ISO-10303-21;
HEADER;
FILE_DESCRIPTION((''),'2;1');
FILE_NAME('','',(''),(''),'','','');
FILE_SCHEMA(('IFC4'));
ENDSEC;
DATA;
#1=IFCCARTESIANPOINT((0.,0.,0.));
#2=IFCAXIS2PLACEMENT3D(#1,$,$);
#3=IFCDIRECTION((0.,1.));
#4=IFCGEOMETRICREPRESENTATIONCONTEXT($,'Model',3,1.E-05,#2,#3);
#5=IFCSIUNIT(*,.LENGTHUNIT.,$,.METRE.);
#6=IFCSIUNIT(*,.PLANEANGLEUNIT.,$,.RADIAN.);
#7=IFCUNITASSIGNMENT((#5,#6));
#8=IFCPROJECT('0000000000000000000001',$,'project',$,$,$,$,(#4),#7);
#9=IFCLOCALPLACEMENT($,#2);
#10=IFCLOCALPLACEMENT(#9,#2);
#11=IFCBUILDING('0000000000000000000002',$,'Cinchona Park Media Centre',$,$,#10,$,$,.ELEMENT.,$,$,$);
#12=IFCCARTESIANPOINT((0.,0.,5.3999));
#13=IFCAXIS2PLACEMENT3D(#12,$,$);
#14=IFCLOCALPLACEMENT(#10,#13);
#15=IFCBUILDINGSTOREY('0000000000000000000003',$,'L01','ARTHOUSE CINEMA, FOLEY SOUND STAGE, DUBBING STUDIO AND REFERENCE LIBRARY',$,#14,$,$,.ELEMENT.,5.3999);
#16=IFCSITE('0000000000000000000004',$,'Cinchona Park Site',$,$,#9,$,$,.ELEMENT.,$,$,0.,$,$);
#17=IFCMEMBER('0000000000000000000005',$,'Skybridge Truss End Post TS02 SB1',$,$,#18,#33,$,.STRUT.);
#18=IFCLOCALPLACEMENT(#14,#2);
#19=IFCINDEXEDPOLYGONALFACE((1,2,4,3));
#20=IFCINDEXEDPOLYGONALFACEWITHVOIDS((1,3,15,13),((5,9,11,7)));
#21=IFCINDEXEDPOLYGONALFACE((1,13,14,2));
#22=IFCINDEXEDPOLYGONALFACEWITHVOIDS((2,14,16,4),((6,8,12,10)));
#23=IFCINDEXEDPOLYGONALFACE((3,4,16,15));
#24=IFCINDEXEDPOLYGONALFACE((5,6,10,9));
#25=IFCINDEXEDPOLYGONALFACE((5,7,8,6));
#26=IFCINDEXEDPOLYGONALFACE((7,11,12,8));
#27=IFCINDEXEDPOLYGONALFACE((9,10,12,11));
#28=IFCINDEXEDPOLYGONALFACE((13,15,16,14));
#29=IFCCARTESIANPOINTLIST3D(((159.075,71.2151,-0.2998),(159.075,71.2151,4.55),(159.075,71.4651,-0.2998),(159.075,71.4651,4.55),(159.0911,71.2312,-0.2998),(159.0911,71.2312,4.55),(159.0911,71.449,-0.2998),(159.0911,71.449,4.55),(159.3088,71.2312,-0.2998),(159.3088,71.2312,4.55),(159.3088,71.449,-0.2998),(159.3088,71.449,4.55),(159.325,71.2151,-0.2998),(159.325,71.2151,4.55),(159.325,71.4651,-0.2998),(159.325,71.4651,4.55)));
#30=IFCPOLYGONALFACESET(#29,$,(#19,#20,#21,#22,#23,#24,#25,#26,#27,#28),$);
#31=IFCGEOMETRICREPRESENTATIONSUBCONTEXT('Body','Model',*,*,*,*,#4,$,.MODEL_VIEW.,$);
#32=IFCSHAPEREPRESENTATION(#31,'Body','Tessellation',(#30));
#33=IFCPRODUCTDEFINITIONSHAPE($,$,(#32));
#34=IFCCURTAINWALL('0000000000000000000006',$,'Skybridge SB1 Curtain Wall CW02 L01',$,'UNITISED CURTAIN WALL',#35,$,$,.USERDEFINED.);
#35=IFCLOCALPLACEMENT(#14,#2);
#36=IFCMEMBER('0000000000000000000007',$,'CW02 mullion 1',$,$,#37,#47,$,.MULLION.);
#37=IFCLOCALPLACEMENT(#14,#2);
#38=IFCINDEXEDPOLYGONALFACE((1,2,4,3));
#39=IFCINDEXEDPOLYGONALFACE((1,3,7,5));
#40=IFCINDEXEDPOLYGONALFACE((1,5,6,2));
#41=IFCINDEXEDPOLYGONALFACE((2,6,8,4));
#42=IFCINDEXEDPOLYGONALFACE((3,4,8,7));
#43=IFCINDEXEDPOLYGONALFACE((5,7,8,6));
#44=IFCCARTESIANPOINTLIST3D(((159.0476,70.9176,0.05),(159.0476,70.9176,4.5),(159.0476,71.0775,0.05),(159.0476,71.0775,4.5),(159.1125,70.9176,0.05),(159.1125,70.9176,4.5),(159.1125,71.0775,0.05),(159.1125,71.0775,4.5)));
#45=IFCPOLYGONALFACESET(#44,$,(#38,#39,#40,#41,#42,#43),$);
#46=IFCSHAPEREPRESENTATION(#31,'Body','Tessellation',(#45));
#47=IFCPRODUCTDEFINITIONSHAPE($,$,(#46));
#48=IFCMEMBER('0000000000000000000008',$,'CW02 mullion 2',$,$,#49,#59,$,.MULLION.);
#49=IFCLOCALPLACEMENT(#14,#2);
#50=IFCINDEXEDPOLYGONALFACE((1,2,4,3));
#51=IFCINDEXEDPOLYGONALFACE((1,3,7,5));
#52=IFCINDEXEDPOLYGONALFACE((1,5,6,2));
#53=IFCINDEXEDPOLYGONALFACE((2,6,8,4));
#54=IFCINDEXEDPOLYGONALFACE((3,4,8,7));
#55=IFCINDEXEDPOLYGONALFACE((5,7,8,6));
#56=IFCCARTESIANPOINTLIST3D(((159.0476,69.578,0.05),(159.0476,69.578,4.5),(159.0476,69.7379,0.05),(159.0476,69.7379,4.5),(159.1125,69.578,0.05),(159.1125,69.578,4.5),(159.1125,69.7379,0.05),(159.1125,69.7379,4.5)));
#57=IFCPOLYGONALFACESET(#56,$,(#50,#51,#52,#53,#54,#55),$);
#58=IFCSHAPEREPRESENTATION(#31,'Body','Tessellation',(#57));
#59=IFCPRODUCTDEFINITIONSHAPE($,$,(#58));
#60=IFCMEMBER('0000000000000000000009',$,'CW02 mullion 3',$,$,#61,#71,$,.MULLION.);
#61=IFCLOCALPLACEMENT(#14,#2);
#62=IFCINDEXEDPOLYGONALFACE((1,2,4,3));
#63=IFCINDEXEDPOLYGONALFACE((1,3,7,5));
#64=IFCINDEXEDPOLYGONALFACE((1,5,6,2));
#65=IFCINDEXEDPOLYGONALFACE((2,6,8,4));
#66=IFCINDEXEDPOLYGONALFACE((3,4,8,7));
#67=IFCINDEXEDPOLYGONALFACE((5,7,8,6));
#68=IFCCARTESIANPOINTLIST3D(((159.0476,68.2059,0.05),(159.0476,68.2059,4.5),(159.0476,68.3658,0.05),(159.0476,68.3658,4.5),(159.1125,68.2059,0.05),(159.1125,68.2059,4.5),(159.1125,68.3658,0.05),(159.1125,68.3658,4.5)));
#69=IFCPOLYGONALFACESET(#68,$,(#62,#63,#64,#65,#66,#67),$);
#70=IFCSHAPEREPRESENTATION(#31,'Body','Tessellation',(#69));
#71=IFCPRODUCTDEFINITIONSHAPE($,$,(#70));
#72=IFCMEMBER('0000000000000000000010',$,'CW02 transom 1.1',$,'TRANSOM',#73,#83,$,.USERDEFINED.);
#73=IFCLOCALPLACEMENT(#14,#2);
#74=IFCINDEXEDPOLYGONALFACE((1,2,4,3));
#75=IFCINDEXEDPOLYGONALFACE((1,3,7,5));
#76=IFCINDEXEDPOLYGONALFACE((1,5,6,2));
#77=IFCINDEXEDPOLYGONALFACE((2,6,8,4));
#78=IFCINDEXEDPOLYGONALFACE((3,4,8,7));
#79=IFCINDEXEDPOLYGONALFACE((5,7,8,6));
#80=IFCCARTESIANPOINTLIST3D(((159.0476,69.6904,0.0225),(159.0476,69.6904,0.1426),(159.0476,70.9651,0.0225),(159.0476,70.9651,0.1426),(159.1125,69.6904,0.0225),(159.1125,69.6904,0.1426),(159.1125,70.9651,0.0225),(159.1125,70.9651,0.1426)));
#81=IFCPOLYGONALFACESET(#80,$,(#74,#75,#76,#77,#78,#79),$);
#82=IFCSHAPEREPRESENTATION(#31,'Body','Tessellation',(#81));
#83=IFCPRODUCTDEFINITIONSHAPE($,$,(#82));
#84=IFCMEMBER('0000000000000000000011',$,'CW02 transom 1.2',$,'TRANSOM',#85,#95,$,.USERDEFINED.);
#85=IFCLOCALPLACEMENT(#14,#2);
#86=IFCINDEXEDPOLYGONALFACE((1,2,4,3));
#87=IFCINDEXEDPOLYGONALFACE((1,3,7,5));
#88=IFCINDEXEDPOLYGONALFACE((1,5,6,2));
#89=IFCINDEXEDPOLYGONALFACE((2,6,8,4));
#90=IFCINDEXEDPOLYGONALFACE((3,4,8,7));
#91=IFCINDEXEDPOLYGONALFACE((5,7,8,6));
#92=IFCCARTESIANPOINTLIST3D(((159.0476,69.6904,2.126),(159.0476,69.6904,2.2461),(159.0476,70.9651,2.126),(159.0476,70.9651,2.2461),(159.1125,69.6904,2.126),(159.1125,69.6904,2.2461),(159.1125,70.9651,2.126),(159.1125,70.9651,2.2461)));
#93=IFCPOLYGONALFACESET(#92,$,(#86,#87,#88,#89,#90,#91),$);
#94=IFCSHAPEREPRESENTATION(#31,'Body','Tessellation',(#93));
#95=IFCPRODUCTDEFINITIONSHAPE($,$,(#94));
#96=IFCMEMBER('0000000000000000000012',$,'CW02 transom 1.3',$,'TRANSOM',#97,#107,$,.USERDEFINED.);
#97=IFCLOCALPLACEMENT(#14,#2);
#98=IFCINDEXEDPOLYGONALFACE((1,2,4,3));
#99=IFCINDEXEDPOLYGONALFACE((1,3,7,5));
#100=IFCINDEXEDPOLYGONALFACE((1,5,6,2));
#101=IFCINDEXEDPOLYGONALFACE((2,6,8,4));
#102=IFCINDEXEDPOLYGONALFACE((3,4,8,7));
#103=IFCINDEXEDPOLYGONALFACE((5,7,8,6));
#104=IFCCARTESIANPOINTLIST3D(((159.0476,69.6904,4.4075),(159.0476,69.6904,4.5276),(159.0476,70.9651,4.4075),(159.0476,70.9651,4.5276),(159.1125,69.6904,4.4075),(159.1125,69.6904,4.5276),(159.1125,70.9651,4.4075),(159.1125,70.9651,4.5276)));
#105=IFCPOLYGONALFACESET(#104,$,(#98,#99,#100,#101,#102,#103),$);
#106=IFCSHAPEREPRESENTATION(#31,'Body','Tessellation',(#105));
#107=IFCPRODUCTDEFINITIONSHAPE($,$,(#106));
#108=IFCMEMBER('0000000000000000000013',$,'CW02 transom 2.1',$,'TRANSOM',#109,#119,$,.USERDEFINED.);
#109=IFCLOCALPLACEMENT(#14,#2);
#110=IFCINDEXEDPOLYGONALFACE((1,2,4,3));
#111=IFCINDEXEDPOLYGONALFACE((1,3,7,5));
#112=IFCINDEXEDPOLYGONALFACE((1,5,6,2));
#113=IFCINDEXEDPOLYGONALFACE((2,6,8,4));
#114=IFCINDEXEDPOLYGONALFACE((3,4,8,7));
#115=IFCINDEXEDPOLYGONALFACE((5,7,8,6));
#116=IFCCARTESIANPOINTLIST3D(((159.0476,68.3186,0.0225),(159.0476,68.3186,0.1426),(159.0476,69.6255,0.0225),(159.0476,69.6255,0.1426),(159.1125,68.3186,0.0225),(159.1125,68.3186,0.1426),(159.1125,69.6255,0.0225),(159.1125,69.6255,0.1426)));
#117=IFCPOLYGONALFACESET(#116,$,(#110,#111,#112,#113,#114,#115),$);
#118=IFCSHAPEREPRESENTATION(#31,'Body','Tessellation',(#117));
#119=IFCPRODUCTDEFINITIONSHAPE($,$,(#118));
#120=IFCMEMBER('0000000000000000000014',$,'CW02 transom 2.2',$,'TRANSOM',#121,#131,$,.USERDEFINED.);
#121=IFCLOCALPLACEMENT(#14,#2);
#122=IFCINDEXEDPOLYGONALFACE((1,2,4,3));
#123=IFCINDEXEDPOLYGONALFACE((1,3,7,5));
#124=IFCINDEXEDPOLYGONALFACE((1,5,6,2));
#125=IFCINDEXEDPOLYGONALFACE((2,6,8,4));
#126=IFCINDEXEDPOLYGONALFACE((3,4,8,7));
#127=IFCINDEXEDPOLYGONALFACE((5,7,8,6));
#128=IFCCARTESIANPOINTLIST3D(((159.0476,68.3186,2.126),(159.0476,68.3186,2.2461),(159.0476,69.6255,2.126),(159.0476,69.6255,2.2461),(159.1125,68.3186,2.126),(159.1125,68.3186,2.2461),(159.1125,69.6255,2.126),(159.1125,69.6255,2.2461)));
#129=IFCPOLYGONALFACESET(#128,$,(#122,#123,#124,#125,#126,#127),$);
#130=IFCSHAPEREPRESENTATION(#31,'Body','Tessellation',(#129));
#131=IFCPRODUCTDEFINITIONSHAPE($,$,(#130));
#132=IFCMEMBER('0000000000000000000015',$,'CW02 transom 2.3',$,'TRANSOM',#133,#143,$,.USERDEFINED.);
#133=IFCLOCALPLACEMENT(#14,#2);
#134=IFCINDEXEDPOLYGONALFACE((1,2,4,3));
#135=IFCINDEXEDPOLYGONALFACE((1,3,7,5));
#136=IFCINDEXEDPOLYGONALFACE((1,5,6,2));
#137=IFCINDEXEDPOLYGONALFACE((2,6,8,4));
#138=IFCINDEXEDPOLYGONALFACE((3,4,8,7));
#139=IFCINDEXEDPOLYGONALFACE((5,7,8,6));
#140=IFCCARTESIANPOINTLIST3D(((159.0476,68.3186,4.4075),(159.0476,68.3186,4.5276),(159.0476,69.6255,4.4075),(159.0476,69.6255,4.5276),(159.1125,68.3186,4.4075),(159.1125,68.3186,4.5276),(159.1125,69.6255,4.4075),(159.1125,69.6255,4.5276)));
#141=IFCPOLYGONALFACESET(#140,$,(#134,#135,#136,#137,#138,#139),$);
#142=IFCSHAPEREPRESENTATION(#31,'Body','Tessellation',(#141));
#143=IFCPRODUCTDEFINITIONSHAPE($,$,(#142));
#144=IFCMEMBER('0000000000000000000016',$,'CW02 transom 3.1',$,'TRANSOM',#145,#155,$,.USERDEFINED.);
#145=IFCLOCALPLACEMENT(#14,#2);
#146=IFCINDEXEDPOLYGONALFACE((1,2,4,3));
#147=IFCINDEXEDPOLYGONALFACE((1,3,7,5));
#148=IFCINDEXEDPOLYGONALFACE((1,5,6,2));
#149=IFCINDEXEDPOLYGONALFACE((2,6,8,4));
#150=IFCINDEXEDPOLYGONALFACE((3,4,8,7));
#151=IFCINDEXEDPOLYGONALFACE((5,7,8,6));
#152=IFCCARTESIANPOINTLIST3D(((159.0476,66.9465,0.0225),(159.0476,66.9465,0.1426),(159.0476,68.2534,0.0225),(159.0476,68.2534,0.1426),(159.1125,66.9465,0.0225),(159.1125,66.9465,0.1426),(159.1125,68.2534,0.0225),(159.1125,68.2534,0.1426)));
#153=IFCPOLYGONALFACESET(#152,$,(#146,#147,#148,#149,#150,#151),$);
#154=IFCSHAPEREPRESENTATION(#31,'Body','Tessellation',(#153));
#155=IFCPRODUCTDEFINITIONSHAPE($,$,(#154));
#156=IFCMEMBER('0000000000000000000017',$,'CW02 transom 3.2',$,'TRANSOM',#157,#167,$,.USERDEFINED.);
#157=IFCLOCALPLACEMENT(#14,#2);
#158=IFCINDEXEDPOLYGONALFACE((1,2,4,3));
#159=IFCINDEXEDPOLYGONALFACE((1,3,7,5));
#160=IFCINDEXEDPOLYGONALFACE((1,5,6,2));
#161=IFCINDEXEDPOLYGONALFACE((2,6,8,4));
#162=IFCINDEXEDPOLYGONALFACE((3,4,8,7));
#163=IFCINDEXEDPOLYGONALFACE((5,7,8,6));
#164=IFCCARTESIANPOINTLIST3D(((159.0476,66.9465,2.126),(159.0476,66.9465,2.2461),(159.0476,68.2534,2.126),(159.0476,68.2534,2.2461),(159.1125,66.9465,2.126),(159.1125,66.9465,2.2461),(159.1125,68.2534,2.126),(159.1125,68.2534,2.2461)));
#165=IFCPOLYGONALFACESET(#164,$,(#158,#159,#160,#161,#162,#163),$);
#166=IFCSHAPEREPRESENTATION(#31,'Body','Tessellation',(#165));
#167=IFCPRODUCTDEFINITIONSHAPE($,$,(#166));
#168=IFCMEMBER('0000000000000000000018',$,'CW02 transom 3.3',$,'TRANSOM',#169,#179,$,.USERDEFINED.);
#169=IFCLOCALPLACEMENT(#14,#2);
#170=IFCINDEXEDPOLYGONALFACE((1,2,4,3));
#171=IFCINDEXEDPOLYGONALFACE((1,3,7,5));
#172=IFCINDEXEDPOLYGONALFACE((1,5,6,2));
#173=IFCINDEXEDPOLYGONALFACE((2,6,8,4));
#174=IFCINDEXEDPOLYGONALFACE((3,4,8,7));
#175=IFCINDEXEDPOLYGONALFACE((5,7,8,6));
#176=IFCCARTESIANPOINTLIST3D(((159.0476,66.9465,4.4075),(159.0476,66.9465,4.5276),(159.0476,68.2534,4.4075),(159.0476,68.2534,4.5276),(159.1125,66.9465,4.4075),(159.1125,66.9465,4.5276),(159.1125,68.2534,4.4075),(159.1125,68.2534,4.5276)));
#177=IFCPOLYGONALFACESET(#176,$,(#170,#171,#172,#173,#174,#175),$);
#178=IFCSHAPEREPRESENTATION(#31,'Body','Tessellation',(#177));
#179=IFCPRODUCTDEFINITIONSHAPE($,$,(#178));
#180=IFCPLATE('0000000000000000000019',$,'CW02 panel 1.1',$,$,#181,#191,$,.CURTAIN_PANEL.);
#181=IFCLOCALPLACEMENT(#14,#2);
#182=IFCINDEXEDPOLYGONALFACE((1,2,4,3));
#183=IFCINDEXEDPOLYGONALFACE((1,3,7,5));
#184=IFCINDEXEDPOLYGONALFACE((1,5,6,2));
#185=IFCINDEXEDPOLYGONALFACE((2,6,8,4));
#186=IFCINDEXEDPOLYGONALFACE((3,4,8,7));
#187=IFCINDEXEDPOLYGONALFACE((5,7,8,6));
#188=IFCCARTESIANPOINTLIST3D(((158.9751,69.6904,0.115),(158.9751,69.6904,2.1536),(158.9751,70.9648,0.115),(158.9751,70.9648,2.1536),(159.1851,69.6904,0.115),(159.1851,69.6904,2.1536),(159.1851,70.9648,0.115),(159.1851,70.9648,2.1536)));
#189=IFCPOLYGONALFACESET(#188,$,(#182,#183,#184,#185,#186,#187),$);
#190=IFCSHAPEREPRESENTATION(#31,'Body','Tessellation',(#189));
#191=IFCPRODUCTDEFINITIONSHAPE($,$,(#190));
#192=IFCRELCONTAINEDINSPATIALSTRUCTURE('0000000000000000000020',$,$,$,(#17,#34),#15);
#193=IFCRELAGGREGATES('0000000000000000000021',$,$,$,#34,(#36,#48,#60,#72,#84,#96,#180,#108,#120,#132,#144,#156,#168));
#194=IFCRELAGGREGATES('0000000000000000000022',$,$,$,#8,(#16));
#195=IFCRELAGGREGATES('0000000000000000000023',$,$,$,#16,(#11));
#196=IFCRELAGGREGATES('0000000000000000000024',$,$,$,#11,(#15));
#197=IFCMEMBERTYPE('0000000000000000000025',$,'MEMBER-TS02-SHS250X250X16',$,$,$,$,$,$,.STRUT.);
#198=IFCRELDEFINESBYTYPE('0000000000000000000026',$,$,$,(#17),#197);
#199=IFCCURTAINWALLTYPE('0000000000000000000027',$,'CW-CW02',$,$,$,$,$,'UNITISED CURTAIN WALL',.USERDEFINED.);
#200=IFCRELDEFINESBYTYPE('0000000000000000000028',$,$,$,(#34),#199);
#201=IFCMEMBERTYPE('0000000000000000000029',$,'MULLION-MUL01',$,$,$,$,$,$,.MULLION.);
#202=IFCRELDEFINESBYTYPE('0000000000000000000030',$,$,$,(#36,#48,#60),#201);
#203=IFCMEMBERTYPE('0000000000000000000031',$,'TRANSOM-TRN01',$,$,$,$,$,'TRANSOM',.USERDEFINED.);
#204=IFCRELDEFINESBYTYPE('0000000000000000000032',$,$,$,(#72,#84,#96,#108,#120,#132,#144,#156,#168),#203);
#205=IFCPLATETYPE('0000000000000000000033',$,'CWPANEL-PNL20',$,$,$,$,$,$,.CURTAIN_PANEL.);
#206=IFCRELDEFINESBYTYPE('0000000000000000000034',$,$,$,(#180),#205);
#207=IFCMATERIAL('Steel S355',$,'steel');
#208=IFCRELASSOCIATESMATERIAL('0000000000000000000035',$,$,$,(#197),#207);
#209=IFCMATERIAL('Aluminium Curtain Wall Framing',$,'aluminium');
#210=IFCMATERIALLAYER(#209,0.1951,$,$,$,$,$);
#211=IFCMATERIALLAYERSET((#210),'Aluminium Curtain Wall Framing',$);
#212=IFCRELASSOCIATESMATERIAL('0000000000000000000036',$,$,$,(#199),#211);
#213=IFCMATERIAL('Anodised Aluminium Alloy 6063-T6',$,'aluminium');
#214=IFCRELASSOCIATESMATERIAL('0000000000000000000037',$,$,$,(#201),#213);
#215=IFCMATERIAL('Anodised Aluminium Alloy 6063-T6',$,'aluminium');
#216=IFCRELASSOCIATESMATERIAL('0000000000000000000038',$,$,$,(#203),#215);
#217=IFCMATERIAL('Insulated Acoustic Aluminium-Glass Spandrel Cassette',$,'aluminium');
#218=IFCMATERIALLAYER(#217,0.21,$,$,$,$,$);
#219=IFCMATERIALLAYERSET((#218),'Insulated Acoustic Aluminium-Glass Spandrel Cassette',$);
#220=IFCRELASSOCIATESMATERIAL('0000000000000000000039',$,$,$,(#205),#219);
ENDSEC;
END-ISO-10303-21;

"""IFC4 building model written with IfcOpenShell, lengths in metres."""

from ifc_helpers import new_model, si_unit, direction, frame, origin, origin_2d, place, context, subcontext, project, spatial, rectangle, hollow_rectangle, extrude, material, layer, layer_set, material_profile, profile_set, type_object, element, aggregate, save


model = new_model("IFC4")

# Units and contexts
model_context = context("Model", 3, precision=1e-05, world=origin(), true_north=direction((0.0, 1.0)))
body_context = subcontext(model_context, "Body", "Model", "MODEL_VIEW")
ifc_project = project(units=[si_unit("LENGTHUNIT", "METRE"), si_unit("PLANEANGLEUNIT", "RADIAN")], contexts=[model_context])

# Site, building, storey
site_placement = place(None, origin())
site = spatial("IfcSite", under=ifc_project, at=site_placement, Name="Cinchona Park Site", CompositionType="ELEMENT", RefElevation=0.0)
building_placement = place(site_placement, origin())
building = spatial("IfcBuilding", under=site, at=building_placement, Name="Cinchona Park Media Centre", CompositionType="ELEMENT")
storey_placement = place(building_placement, frame((0.0, 0.0, 5.3999)))
storey = spatial("IfcBuildingStorey", under=building, at=storey_placement, Name="L01", Description="ARTHOUSE CINEMA, FOLEY SOUND STAGE, DUBBING STUDIO AND REFERENCE LIBRARY", CompositionType="ELEMENT", Elevation=5.3999)

# Member
ifc_material_1 = material(Name="Steel S355", Category="steel")
ifc_material_profile_1 = material_profile(ifc_material_1, hollow_rectangle(XDim=0.25, YDim=0.25, WallThickness=0.0161, at=origin_2d()), Name="250X250X16SHS")
ifc_profile_set_1 = profile_set([ifc_material_profile_1], Name="Steel S355")
member_type_1 = type_object("IfcMemberType", Name="MEMBER-TS02-SHS250X250X16", PredefinedType="STRUT", material=ifc_profile_set_1)
member_1_placement = place(storey_placement, frame((159.2, 71.3401, -0.2998), z_axis=(0.0, 0.0, 1.0), x_axis=(1.0, 0.0, 0.0)))
element("IfcMember", 1, at=member_1_placement, inside=storey, type_object=member_type_1, Name="Skybridge Truss End Post TS02 SB1", PredefinedType="STRUT", context=body_context, shape_type="SweptSolid", body=[
    extrude(hollow_rectangle(XDim=0.25, YDim=0.25, WallThickness=0.0161, at=origin_2d()), origin(), (0.0, 0.0, 1.0), 4.8499),
])

# Curtain wall, members, plate
ifc_material_2 = material(Name="Aluminium Curtain Wall Framing", Category="aluminium")
ifc_layer_1 = layer(ifc_material_2, 0.1951)
ifc_layer_set_1 = layer_set([ifc_layer_1], Name="Aluminium Curtain Wall Framing")
curtain_wall_type = type_object("IfcCurtainWallType", Name="CW-CW02", ElementType="UNITISED CURTAIN WALL", PredefinedType="USERDEFINED", material=ifc_layer_set_1)
curtain_wall_placement = place(storey_placement, origin())
curtain_wall = element("IfcCurtainWall", 2, at=curtain_wall_placement, inside=storey, type_object=curtain_wall_type, Name="Skybridge SB1 Curtain Wall CW02 L01", ObjectType="UNITISED CURTAIN WALL", PredefinedType="USERDEFINED")
ifc_material_3 = material(Name="Anodised Aluminium Alloy 6063-T6", Category="aluminium")
ifc_material_profile_2 = material_profile(ifc_material_3, rectangle(XDim=0.0649, YDim=0.1599, at=origin_2d()), Name="MUL-65X160")
ifc_profile_set_2 = profile_set([ifc_material_profile_2], Name="Anodised Aluminium Alloy 6063-T6")
member_type_2 = type_object("IfcMemberType", Name="MULLION-MUL01", PredefinedType="MULLION", material=ifc_profile_set_2)
member_2_placement = place(storey_placement, frame((159.0801, 70.9976, 0.05), z_axis=(0.0, 0.0, 1.0), x_axis=(1.0, 0.0, 0.0)))
member_2 = element("IfcMember", 3, at=member_2_placement, type_object=member_type_2, Name="CW02 mullion 1", PredefinedType="MULLION", context=body_context, shape_type="SweptSolid", body=[
    extrude(rectangle(XDim=0.0649, YDim=0.1599, at=origin_2d()), origin(), (0.0, 0.0, 1.0), 4.45),
])
member_3_placement = place(storey_placement, frame((159.0801, 69.658, 0.05), z_axis=(0.0, 0.0, 1.0), x_axis=(1.0, 0.0, 0.0)))
member_3 = element("IfcMember", 4, at=member_3_placement, type_object=member_type_2, Name="CW02 mullion 2", PredefinedType="MULLION", context=body_context, shape_type="SweptSolid", body=[
    extrude(rectangle(XDim=0.0649, YDim=0.1599, at=origin_2d()), origin(), (0.0, 0.0, 1.0), 4.45),
])
member_4_placement = place(storey_placement, frame((159.0801, 68.2859, 0.05), z_axis=(0.0, 0.0, 1.0), x_axis=(1.0, 0.0, 0.0)))
member_4 = element("IfcMember", 5, at=member_4_placement, type_object=member_type_2, Name="CW02 mullion 3", PredefinedType="MULLION", context=body_context, shape_type="SweptSolid", body=[
    extrude(rectangle(XDim=0.0649, YDim=0.1599, at=origin_2d()), origin(), (0.0, 0.0, 1.0), 4.45),
])
ifc_material_4 = material(Name="Anodised Aluminium Alloy 6063-T6", Category="aluminium")
ifc_material_profile_3 = material_profile(ifc_material_4, rectangle(XDim=0.0649, YDim=0.1201, at=origin_2d()), Name="TRN-65X120")
ifc_profile_set_3 = profile_set([ifc_material_profile_3], Name="Anodised Aluminium Alloy 6063-T6")
member_type_3 = type_object("IfcMemberType", Name="TRANSOM-TRN01", ElementType="TRANSOM", PredefinedType="USERDEFINED", material=ifc_profile_set_3)
member_5_placement = place(storey_placement, frame((159.0801, 70.9651, 0.0825), z_axis=(0.0, -1.0, 0.0), x_axis=(1.0, 0.0, 0.0)))
member_5 = element("IfcMember", 6, at=member_5_placement, type_object=member_type_3, Name="CW02 transom 1.1", ObjectType="TRANSOM", PredefinedType="USERDEFINED", context=body_context, shape_type="SweptSolid", body=[
    extrude(rectangle(XDim=0.0649, YDim=0.1201, at=origin_2d()), origin(), (0.0, 0.0, 1.0), 1.2747),
])
member_6_placement = place(storey_placement, frame((159.0801, 70.9651, 2.186), z_axis=(0.0, -1.0, 0.0), x_axis=(1.0, 0.0, 0.0)))
member_6 = element("IfcMember", 7, at=member_6_placement, type_object=member_type_3, Name="CW02 transom 1.2", ObjectType="TRANSOM", PredefinedType="USERDEFINED", context=body_context, shape_type="SweptSolid", body=[
    extrude(rectangle(XDim=0.0649, YDim=0.1201, at=origin_2d()), origin(), (0.0, 0.0, 1.0), 1.2747),
])
member_7_placement = place(storey_placement, frame((159.0801, 70.9651, 4.4675), z_axis=(0.0, -1.0, 0.0), x_axis=(1.0, 0.0, 0.0)))
member_7 = element("IfcMember", 8, at=member_7_placement, type_object=member_type_3, Name="CW02 transom 1.3", ObjectType="TRANSOM", PredefinedType="USERDEFINED", context=body_context, shape_type="SweptSolid", body=[
    extrude(rectangle(XDim=0.0649, YDim=0.1201, at=origin_2d()), origin(), (0.0, 0.0, 1.0), 1.2747),
])
member_8_placement = place(storey_placement, frame((159.0801, 69.6255, 0.0825), z_axis=(0.0, -1.0, 0.0), x_axis=(1.0, 0.0, 0.0)))
member_8 = element("IfcMember", 9, at=member_8_placement, type_object=member_type_3, Name="CW02 transom 2.1", ObjectType="TRANSOM", PredefinedType="USERDEFINED", context=body_context, shape_type="SweptSolid", body=[
    extrude(rectangle(XDim=0.0649, YDim=0.1201, at=origin_2d()), origin(), (0.0, 0.0, 1.0), 1.3069),
])
member_9_placement = place(storey_placement, frame((159.0801, 69.6255, 2.186), z_axis=(0.0, -1.0, 0.0), x_axis=(1.0, 0.0, 0.0)))
member_9 = element("IfcMember", 10, at=member_9_placement, type_object=member_type_3, Name="CW02 transom 2.2", ObjectType="TRANSOM", PredefinedType="USERDEFINED", context=body_context, shape_type="SweptSolid", body=[
    extrude(rectangle(XDim=0.0649, YDim=0.1201, at=origin_2d()), origin(), (0.0, 0.0, 1.0), 1.3069),
])
member_10_placement = place(storey_placement, frame((159.0801, 69.6255, 4.4675), z_axis=(0.0, -1.0, 0.0), x_axis=(1.0, 0.0, 0.0)))
member_10 = element("IfcMember", 11, at=member_10_placement, type_object=member_type_3, Name="CW02 transom 2.3", ObjectType="TRANSOM", PredefinedType="USERDEFINED", context=body_context, shape_type="SweptSolid", body=[
    extrude(rectangle(XDim=0.0649, YDim=0.1201, at=origin_2d()), origin(), (0.0, 0.0, 1.0), 1.3069),
])
member_11_placement = place(storey_placement, frame((159.0801, 68.2534, 0.0825), z_axis=(0.0, -1.0, 0.0), x_axis=(1.0, 0.0, 0.0)))
member_11 = element("IfcMember", 12, at=member_11_placement, type_object=member_type_3, Name="CW02 transom 3.1", ObjectType="TRANSOM", PredefinedType="USERDEFINED", context=body_context, shape_type="SweptSolid", body=[
    extrude(rectangle(XDim=0.0649, YDim=0.1201, at=origin_2d()), origin(), (0.0, 0.0, 1.0), 1.3069),
])
member_12_placement = place(storey_placement, frame((159.0801, 68.2534, 2.186), z_axis=(0.0, -1.0, 0.0), x_axis=(1.0, 0.0, 0.0)))
member_12 = element("IfcMember", 13, at=member_12_placement, type_object=member_type_3, Name="CW02 transom 3.2", ObjectType="TRANSOM", PredefinedType="USERDEFINED", context=body_context, shape_type="SweptSolid", body=[
    extrude(rectangle(XDim=0.0649, YDim=0.1201, at=origin_2d()), origin(), (0.0, 0.0, 1.0), 1.3069),
])
member_13_placement = place(storey_placement, frame((159.0801, 68.2534, 4.4675), z_axis=(0.0, -1.0, 0.0), x_axis=(1.0, 0.0, 0.0)))
member_13 = element("IfcMember", 14, at=member_13_placement, type_object=member_type_3, Name="CW02 transom 3.3", ObjectType="TRANSOM", PredefinedType="USERDEFINED", context=body_context, shape_type="SweptSolid", body=[
    extrude(rectangle(XDim=0.0649, YDim=0.1201, at=origin_2d()), origin(), (0.0, 0.0, 1.0), 1.3069),
])
ifc_material_5 = material(Name="Insulated Acoustic Aluminium-Glass Spandrel Cassette", Category="aluminium")
ifc_layer_2 = layer(ifc_material_5, 0.21)
ifc_layer_set_2 = layer_set([ifc_layer_2], Name="Insulated Acoustic Aluminium-Glass Spandrel Cassette")
plate_type_1 = type_object("IfcPlateType", Name="CWPANEL-PNL20", PredefinedType="CURTAIN_PANEL", material=ifc_layer_set_2)
plate_1_placement = place(storey_placement, frame((159.0801, 70.3276, 0.115), z_axis=(0.0, 0.0, 1.0), x_axis=(0.0, -1.0, 0.0)))
plate_1 = element("IfcPlate", 15, at=plate_1_placement, type_object=plate_type_1, Name="CW02 panel 1.1", PredefinedType="CURTAIN_PANEL", context=body_context, shape_type="SweptSolid", body=[
    extrude(rectangle(XDim=1.2744, YDim=0.21, at=origin_2d()), origin(), (0.0, 0.0, 1.0), 2.0386),
])
aggregate(curtain_wall, [member_2, member_3, member_4, member_5, member_6, member_7, plate_1, member_8, member_9, member_10, member_11, member_12, member_13])

save(model, "model.ifc")
